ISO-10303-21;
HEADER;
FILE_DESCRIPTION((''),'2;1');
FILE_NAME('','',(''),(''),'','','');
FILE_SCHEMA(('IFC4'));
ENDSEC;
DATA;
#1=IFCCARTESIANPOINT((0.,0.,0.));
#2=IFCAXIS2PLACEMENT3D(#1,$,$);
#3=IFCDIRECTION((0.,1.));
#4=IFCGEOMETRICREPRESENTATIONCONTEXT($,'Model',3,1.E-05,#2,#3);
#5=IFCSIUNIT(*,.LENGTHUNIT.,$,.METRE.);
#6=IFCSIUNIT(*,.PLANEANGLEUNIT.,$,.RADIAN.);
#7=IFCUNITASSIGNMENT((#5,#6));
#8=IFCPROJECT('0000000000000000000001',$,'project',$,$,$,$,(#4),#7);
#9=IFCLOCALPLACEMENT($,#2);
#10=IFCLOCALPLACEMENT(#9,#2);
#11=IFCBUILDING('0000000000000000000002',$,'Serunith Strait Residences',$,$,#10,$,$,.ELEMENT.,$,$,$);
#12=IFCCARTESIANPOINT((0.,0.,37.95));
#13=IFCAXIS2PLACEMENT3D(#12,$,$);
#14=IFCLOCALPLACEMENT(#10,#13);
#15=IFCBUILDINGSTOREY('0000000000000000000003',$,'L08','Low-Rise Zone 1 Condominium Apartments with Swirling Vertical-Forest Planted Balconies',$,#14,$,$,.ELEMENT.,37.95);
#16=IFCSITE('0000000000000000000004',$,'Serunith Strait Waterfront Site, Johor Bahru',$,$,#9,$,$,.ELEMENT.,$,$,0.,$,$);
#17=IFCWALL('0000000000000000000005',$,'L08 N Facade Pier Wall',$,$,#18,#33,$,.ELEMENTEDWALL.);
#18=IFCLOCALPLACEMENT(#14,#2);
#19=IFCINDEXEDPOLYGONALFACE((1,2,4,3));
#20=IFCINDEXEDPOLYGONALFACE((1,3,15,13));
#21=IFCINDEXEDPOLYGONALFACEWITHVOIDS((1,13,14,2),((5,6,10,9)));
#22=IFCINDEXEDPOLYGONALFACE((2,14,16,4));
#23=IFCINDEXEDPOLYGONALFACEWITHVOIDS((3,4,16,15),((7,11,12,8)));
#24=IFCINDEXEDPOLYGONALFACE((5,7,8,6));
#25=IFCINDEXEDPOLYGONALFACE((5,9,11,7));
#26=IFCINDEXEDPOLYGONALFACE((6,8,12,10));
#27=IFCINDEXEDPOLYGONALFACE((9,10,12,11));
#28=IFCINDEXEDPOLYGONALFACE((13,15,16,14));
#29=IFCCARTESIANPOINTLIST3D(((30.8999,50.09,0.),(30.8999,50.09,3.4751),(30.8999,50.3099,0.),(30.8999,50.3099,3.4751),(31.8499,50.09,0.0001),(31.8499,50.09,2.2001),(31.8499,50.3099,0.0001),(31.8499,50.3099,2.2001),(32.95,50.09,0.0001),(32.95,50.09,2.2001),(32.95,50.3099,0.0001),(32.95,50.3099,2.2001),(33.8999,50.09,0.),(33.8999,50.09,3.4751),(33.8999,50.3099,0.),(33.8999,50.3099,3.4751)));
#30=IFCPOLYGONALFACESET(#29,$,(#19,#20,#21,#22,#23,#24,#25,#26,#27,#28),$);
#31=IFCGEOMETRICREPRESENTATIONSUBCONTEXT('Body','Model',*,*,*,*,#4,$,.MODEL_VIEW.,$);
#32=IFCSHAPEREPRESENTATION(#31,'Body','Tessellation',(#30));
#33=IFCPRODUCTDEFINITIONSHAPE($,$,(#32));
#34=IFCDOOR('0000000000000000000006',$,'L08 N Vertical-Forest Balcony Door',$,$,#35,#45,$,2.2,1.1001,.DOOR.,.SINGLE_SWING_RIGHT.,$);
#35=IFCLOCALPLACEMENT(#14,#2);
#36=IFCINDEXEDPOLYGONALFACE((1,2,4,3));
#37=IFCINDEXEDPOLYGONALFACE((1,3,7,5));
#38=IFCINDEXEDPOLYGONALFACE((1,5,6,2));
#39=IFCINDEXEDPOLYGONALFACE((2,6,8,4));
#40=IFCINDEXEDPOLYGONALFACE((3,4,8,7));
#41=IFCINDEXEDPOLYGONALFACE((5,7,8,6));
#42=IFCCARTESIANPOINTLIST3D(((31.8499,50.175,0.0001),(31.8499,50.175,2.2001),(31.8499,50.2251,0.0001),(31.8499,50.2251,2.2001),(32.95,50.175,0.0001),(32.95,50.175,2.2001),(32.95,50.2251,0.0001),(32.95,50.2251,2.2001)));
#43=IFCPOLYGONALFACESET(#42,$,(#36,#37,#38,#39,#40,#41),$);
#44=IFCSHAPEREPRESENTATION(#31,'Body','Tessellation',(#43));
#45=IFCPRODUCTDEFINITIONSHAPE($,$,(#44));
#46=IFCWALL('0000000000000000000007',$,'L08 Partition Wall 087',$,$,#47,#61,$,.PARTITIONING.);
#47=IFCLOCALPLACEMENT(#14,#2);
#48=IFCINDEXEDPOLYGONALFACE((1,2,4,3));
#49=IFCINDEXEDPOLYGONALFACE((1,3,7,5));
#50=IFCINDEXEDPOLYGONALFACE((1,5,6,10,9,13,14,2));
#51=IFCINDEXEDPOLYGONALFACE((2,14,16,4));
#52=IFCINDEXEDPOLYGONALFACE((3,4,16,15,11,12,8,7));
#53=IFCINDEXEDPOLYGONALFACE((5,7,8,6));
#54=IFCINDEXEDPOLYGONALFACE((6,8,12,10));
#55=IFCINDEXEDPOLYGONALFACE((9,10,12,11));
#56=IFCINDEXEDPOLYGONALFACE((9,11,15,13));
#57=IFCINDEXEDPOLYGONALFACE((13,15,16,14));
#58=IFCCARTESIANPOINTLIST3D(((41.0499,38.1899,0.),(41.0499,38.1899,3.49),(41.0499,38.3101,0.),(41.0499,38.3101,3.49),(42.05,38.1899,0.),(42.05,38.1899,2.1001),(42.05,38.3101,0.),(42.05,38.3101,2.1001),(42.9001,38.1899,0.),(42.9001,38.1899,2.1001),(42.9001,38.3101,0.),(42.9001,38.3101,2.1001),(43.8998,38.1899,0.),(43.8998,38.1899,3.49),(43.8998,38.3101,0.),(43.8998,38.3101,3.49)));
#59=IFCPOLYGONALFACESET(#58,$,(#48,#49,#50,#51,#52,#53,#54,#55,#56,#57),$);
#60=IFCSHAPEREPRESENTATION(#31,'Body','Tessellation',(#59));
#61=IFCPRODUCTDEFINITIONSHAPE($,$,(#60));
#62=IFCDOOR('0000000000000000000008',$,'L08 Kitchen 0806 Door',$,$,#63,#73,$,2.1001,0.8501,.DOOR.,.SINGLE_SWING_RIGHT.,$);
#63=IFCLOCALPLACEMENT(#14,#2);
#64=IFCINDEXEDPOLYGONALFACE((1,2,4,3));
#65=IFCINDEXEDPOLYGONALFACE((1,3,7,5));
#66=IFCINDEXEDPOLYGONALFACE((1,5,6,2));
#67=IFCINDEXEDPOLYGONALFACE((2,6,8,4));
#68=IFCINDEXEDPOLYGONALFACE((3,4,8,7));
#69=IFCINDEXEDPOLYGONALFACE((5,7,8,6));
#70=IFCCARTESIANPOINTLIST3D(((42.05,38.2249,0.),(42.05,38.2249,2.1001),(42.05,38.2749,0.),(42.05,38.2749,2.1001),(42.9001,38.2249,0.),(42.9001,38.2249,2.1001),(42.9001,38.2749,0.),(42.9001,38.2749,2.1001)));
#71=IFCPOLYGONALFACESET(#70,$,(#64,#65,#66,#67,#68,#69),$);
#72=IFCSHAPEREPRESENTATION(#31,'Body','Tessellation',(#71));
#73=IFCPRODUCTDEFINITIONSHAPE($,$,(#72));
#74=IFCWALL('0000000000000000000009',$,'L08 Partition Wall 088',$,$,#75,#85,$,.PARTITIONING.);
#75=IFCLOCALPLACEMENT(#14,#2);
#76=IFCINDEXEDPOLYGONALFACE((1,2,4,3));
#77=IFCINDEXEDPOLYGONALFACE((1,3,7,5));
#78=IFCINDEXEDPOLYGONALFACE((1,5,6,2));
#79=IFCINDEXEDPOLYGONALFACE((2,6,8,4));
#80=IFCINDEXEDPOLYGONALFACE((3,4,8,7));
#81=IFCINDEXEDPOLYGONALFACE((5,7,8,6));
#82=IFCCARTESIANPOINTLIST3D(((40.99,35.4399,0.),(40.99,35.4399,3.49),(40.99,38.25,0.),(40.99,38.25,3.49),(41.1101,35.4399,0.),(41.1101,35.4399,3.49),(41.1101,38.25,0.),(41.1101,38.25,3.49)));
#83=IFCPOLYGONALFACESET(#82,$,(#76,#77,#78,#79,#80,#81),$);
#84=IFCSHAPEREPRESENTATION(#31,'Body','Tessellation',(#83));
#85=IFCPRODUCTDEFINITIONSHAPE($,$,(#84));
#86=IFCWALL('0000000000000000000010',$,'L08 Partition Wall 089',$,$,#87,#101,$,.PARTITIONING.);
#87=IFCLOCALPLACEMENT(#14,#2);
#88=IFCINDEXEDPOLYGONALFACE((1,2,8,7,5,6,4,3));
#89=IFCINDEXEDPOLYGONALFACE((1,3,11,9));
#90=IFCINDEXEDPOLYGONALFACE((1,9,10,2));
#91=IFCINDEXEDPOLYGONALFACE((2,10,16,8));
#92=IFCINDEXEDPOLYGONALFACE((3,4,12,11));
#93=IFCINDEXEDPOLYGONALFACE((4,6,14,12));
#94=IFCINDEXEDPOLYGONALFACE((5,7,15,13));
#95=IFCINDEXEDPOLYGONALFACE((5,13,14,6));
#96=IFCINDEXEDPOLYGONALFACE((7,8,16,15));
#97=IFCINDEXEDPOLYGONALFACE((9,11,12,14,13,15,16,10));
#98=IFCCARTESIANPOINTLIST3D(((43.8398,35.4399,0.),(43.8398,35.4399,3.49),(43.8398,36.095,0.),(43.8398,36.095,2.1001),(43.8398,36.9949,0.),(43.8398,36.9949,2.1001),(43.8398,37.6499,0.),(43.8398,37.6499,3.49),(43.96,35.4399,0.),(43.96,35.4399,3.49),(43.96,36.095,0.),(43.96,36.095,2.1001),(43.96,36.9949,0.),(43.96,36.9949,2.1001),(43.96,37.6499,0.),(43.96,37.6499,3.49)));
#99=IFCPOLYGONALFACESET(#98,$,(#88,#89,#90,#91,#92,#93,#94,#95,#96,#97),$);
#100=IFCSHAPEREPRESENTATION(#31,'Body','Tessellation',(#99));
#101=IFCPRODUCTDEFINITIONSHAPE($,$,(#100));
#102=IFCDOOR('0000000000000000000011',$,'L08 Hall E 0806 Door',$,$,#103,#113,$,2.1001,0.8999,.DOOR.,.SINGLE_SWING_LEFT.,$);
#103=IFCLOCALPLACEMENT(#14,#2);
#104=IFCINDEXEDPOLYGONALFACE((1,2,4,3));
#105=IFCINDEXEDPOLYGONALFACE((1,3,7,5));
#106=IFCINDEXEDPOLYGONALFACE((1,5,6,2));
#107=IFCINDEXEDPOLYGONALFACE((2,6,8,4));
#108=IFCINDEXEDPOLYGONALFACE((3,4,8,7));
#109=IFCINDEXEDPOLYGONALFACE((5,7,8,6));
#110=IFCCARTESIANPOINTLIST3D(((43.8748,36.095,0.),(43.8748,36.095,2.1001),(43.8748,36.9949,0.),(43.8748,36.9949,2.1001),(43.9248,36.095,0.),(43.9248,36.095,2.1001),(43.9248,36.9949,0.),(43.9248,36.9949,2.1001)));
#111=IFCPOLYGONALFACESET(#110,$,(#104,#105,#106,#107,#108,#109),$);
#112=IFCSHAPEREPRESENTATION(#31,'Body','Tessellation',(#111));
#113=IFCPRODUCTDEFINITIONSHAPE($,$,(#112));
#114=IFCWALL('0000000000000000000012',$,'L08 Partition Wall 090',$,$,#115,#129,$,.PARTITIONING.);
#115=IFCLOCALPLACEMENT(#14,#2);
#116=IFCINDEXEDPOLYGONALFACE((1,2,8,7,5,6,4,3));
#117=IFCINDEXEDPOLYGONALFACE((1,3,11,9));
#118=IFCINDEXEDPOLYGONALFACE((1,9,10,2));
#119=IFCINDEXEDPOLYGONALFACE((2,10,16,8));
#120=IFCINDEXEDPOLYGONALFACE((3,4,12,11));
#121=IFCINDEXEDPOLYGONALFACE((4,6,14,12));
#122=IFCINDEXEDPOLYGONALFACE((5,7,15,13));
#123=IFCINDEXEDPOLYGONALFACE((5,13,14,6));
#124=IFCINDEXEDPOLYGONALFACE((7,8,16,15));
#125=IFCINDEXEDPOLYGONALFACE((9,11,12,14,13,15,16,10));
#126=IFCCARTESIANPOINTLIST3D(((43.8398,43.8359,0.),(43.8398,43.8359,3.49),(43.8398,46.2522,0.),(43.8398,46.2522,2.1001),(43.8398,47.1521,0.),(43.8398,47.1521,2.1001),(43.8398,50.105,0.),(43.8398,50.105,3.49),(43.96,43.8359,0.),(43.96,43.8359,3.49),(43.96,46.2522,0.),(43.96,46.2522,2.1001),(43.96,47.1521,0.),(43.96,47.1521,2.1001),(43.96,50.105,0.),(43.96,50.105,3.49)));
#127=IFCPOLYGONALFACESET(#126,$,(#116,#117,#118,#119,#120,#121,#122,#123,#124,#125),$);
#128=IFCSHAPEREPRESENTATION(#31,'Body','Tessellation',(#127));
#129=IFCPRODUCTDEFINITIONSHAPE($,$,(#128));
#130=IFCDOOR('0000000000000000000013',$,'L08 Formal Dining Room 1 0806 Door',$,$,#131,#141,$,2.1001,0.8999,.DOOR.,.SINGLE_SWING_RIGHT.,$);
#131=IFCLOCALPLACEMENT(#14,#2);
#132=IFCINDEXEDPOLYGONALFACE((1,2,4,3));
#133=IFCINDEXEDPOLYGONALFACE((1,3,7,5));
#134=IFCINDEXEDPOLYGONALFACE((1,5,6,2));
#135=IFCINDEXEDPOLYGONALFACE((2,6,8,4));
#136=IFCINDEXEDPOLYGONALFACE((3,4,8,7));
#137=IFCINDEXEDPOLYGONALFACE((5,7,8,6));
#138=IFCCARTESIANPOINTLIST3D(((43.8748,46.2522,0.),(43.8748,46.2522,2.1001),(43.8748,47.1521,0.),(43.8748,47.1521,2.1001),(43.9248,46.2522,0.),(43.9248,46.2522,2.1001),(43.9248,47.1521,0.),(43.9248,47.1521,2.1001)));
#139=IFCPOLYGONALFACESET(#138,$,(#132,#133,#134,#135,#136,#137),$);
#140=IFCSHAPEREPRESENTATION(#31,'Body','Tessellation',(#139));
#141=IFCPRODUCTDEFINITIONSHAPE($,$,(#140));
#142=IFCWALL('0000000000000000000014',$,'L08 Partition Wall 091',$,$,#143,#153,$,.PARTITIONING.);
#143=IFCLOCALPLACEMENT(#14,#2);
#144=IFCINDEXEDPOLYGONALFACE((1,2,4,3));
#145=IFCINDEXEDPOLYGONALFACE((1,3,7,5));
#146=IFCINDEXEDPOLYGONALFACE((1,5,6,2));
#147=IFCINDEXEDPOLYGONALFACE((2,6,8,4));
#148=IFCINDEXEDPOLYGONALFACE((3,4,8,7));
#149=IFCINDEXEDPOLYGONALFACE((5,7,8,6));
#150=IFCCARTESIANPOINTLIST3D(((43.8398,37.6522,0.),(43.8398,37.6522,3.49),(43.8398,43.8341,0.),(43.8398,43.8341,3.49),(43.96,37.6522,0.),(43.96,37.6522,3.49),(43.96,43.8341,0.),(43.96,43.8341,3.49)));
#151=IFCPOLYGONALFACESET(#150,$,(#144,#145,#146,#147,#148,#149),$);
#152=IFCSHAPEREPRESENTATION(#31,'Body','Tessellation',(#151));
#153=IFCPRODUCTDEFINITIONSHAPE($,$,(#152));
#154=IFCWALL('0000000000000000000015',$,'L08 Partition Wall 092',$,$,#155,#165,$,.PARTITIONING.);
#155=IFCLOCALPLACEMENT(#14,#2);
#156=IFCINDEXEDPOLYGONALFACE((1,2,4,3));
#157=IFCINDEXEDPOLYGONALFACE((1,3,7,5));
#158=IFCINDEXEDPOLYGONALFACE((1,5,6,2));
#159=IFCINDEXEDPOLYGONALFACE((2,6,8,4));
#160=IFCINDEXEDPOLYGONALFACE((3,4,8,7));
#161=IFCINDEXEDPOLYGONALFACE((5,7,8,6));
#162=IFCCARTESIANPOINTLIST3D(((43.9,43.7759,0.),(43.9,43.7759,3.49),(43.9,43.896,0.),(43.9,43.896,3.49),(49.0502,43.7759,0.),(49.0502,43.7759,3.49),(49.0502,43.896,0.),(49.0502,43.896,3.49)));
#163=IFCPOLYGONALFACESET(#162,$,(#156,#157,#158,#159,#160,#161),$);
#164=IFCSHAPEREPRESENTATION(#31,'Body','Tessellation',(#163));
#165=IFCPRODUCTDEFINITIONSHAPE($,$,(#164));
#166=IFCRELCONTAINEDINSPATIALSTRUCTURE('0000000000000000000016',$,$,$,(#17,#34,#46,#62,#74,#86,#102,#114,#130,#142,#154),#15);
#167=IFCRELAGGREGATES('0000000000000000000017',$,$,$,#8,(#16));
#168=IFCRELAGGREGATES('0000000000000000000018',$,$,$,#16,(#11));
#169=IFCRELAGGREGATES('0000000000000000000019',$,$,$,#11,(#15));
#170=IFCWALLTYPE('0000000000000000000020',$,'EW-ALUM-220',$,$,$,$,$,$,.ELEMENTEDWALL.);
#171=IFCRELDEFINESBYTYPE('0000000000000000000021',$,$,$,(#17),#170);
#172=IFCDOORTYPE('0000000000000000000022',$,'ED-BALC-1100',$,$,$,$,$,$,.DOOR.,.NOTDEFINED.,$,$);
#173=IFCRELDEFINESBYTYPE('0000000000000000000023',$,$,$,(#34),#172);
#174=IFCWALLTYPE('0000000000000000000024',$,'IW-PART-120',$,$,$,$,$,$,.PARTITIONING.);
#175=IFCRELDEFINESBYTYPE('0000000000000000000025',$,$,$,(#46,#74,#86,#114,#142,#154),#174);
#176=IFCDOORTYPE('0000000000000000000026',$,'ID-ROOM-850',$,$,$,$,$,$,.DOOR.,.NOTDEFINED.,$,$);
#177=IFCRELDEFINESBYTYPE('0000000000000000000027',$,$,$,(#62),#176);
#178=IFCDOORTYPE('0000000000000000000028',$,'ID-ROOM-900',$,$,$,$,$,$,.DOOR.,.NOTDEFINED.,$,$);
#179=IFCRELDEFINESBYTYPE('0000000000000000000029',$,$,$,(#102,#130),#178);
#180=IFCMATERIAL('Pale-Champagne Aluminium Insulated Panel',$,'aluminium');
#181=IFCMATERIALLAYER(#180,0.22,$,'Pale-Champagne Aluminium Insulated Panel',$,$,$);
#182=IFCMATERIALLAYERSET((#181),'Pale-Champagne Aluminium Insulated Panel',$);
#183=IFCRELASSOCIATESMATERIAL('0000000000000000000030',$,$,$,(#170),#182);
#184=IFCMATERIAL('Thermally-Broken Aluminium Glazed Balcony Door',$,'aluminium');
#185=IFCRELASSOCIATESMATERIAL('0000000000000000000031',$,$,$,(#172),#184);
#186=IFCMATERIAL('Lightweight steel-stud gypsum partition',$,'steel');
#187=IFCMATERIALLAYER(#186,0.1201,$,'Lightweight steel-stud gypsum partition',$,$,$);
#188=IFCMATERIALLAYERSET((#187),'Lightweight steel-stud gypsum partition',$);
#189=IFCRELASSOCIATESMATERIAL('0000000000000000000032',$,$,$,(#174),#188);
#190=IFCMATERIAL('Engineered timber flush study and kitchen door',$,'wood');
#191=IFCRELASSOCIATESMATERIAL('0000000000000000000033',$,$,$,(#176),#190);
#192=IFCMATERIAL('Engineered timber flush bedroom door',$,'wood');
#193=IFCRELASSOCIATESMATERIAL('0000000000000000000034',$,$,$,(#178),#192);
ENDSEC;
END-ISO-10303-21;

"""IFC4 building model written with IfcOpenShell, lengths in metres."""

from ifc_helpers import new_model, si_unit, direction, frame, frame_2d, origin, place, context, subcontext, project, spatial, rectangle, extrude, source, transform, mapped, material, layer, layer_set, type_object, element, fill, save


model = new_model("IFC4")

# Units and contexts
model_context = context("Model", 3, precision=1e-05, world=origin(), true_north=direction((0.0, 1.0)))
body_context = subcontext(model_context, "Body", "Model", "MODEL_VIEW")
ifc_project = project(units=[si_unit("LENGTHUNIT", "METRE"), si_unit("PLANEANGLEUNIT", "RADIAN")], contexts=[model_context])

# Site, building, storey
site_placement = place(None, origin())
site = spatial("IfcSite", under=ifc_project, at=site_placement, Name="Serunith Strait Waterfront Site, Johor Bahru", CompositionType="ELEMENT", RefElevation=0.0)
building_placement = place(site_placement, origin())
building = spatial("IfcBuilding", under=site, at=building_placement, Name="Serunith Strait Residences", CompositionType="ELEMENT")
storey_placement = place(building_placement, frame((0.0, 0.0, 37.95)))
storey = spatial("IfcBuildingStorey", under=building, at=storey_placement, Name="L08", Description="Low-Rise Zone 1 Condominium Apartments with Swirling Vertical-Forest Planted Balconies", CompositionType="ELEMENT", Elevation=37.95)

# Walls, openings, doors
ifc_material_1 = material(Name="Pale-Champagne Aluminium Insulated Panel", Category="aluminium")
ifc_layer_1 = layer(ifc_material_1, 0.22, Name="Pale-Champagne Aluminium Insulated Panel")
ifc_layer_set_1 = layer_set([ifc_layer_1], Name="Pale-Champagne Aluminium Insulated Panel")
wall_type_1 = type_object("IfcWallType", Name="EW-ALUM-220", PredefinedType="ELEMENTEDWALL", material=ifc_layer_set_1)
wall_1_placement = place(storey_placement, frame((33.8999, 50.2, 0.0), z_axis=(0.0, 0.0, 1.0), x_axis=(-1.0, 0.0, 0.0)))
wall_1 = element("IfcWall", 1, at=wall_1_placement, inside=storey, type_object=wall_type_1, Name="L08 N Facade Pier Wall", PredefinedType="ELEMENTEDWALL", context=body_context, shape_type="SweptSolid", body=[
    extrude(rectangle(XDim=3.0, YDim=0.22, at=frame_2d((1.5, 0.0))), origin(), (0.0, 0.0, 1.0), 3.4751),
])
opening_1_placement = place(wall_1_placement, frame((0.95, 0.0, 0.0)))
opening_1 = element("IfcOpeningElement", 2, at=opening_1_placement, cuts=wall_1, PredefinedType="OPENING", context=body_context, shape_type="SweptSolid", body=[
    extrude(rectangle(XDim=1.1001, YDim=2.2, at=frame_2d((0.55, 1.1001))), frame((0.0, 0.1201, 0.0), z_axis=(0.0, -1.0, 0.0), x_axis=(1.0, 0.0, 0.0)), (0.0, 0.0, 1.0), 0.24),
])
ifc_material_2 = material(Name="Thermally-Broken Aluminium Glazed Balcony Door", Category="aluminium")
door_type_1 = type_object("IfcDoorType", Name="ED-BALC-1100", OperationType="NOTDEFINED", PredefinedType="DOOR", material=ifc_material_2)
shared_shape_1 = source(origin(), body_context, "Body", "SweptSolid", [
    extrude(rectangle(XDim=1.1001, YDim=2.2, at=frame_2d((0.55, 1.1001))), frame((0.0, 0.0249, 0.0), z_axis=(0.0, -1.0, 0.0), x_axis=(1.0, 0.0, 0.0)), (0.0, 0.0, 1.0), 0.05),
])
door_1_placement = place(opening_1_placement, origin())
door_1 = element("IfcDoor", 3, at=door_1_placement, inside=storey, type_object=door_type_1, Name="L08 N Vertical-Forest Balcony Door", OperationType="SINGLE_SWING_RIGHT", OverallHeight=2.2, OverallWidth=1.1001, PredefinedType="DOOR", context=body_context, shape_type="MappedRepresentation", body=[
    mapped(shared_shape_1, transform((0.0, 0.0, 0.0), scale=1.0)),
])
fill(opening_1, door_1)
ifc_material_3 = material(Name="Lightweight steel-stud gypsum partition", Category="steel")
ifc_layer_2 = layer(ifc_material_3, 0.1201, Name="Lightweight steel-stud gypsum partition")
ifc_layer_set_2 = layer_set([ifc_layer_2], Name="Lightweight steel-stud gypsum partition")
wall_type_2 = type_object("IfcWallType", Name="IW-PART-120", PredefinedType="PARTITIONING", material=ifc_layer_set_2)
wall_2_placement = place(storey_placement, frame((41.05, 38.25, 0.0), z_axis=(0.0, 0.0, 1.0), x_axis=(1.0, 0.0, 0.0)))
wall_2 = element("IfcWall", 4, at=wall_2_placement, inside=storey, type_object=wall_type_2, Name="L08 Partition Wall 087", PredefinedType="PARTITIONING", context=body_context, shape_type="SweptSolid", body=[
    extrude(rectangle(XDim=2.8499, YDim=0.1201, at=frame_2d((1.4248, 0.0))), origin(), (0.0, 0.0, 1.0), 3.49),
])
opening_2_placement = place(wall_2_placement, frame((1.0, 0.0, 0.0)))
opening_2 = element("IfcOpeningElement", 5, at=opening_2_placement, cuts=wall_2, PredefinedType="OPENING", context=body_context, shape_type="SweptSolid", body=[
    extrude(rectangle(XDim=0.8501, YDim=2.1001, at=frame_2d((0.425, 1.05))), frame((0.0, 0.0701, 0.0), z_axis=(0.0, -1.0, 0.0), x_axis=(1.0, 0.0, 0.0)), (0.0, 0.0, 1.0), 0.1401),
])
ifc_material_4 = material(Name="Engineered timber flush study and kitchen door", Category="wood")
door_type_2 = type_object("IfcDoorType", Name="ID-ROOM-850", OperationType="NOTDEFINED", PredefinedType="DOOR", material=ifc_material_4)
shared_shape_2 = source(origin(), body_context, "Body", "SweptSolid", [
    extrude(rectangle(XDim=0.8501, YDim=2.1001, at=frame_2d((0.425, 1.05))), frame((0.0, 0.0249, 0.0), z_axis=(0.0, -1.0, 0.0), x_axis=(1.0, 0.0, 0.0)), (0.0, 0.0, 1.0), 0.05),
])
door_2_placement = place(opening_2_placement, origin())
door_2 = element("IfcDoor", 6, at=door_2_placement, inside=storey, type_object=door_type_2, Name="L08 Kitchen 0806 Door", OperationType="SINGLE_SWING_RIGHT", OverallHeight=2.1001, OverallWidth=0.8501, PredefinedType="DOOR", context=body_context, shape_type="MappedRepresentation", body=[
    mapped(shared_shape_2, transform((0.0, 0.0, 0.0), scale=1.0)),
])
fill(opening_2, door_2)

# Wall
wall_3_placement = place(storey_placement, frame((41.05, 38.25, 0.0), z_axis=(0.0, 0.0, 1.0), x_axis=(0.0, -1.0, 0.0)))
element("IfcWall", 7, at=wall_3_placement, inside=storey, type_object=wall_type_2, Name="L08 Partition Wall 088", PredefinedType="PARTITIONING", context=body_context, shape_type="SweptSolid", body=[
    extrude(rectangle(XDim=2.8101, YDim=0.1201, at=frame_2d((1.405, 0.0))), origin(), (0.0, 0.0, 1.0), 3.49),
])

# Walls, openings, doors
wall_4_placement = place(storey_placement, frame((43.8999, 37.6499, 0.0), z_axis=(0.0, 0.0, 1.0), x_axis=(0.0, -1.0, 0.0)))
wall_4 = element("IfcWall", 8, at=wall_4_placement, inside=storey, type_object=wall_type_2, Name="L08 Partition Wall 089", PredefinedType="PARTITIONING", context=body_context, shape_type="SweptSolid", body=[
    extrude(rectangle(XDim=2.21, YDim=0.1201, at=frame_2d((1.105, 0.0))), origin(), (0.0, 0.0, 1.0), 3.49),
])
opening_3_placement = place(wall_4_placement, frame((0.655, 0.0, 0.0)))
opening_3 = element("IfcOpeningElement", 9, at=opening_3_placement, cuts=wall_4, PredefinedType="OPENING", context=body_context, shape_type="SweptSolid", body=[
    extrude(rectangle(XDim=0.8999, YDim=2.1001, at=frame_2d((0.45, 1.05))), frame((0.0, 0.0701, 0.0), z_axis=(0.0, -1.0, 0.0), x_axis=(1.0, 0.0, 0.0)), (0.0, 0.0, 1.0), 0.1401),
])
ifc_material_5 = material(Name="Engineered timber flush bedroom door", Category="wood")
door_type_3 = type_object("IfcDoorType", Name="ID-ROOM-900", OperationType="NOTDEFINED", PredefinedType="DOOR", material=ifc_material_5)
shared_shape_3 = source(origin(), body_context, "Body", "SweptSolid", [
    extrude(rectangle(XDim=0.8999, YDim=2.1001, at=frame_2d((0.45, 1.05))), frame((0.0, 0.0249, 0.0), z_axis=(0.0, -1.0, 0.0), x_axis=(1.0, 0.0, 0.0)), (0.0, 0.0, 1.0), 0.05),
])
door_3_placement = place(opening_3_placement, origin())
door_3 = element("IfcDoor", 10, at=door_3_placement, inside=storey, type_object=door_type_3, Name="L08 Hall E 0806 Door", OperationType="SINGLE_SWING_LEFT", OverallHeight=2.1001, OverallWidth=0.8999, PredefinedType="DOOR", context=body_context, shape_type="MappedRepresentation", body=[
    mapped(shared_shape_3, transform((0.0, 0.0, 0.0), scale=1.0)),
])
fill(opening_3, door_3)
wall_5_placement = place(storey_placement, frame((43.8999, 50.105, 0.0), z_axis=(0.0, 0.0, 1.0), x_axis=(0.0, -1.0, 0.0)))
wall_5 = element("IfcWall", 11, at=wall_5_placement, inside=storey, type_object=wall_type_2, Name="L08 Partition Wall 090", PredefinedType="PARTITIONING", context=body_context, shape_type="SweptSolid", body=[
    extrude(rectangle(XDim=6.269, YDim=0.1201, at=frame_2d((3.1345, 0.0))), origin(), (0.0, 0.0, 1.0), 3.49),
])
opening_4_placement = place(wall_5_placement, frame((2.9529, 0.0, 0.0)))
opening_4 = element("IfcOpeningElement", 12, at=opening_4_placement, cuts=wall_5, PredefinedType="OPENING", context=body_context, shape_type="SweptSolid", body=[
    extrude(rectangle(XDim=0.8999, YDim=2.1001, at=frame_2d((0.45, 1.05))), frame((0.0, 0.0701, 0.0), z_axis=(0.0, -1.0, 0.0), x_axis=(1.0, 0.0, 0.0)), (0.0, 0.0, 1.0), 0.1401),
])
door_4_placement = place(opening_4_placement, origin())
door_4 = element("IfcDoor", 13, at=door_4_placement, inside=storey, type_object=door_type_3, Name="L08 Formal Dining Room 1 0806 Door", OperationType="SINGLE_SWING_RIGHT", OverallHeight=2.1001, OverallWidth=0.8999, PredefinedType="DOOR", context=body_context, shape_type="MappedRepresentation", body=[
    mapped(shared_shape_3, transform((0.0, 0.0, 0.0), scale=1.0)),
])
fill(opening_4, door_4)

# Walls
wall_6_placement = place(storey_placement, frame((43.8999, 43.834, 0.0), z_axis=(0.0, 0.0, 1.0), x_axis=(0.0, -1.0, 0.0)))
element("IfcWall", 14, at=wall_6_placement, inside=storey, type_object=wall_type_2, Name="L08 Partition Wall 091", PredefinedType="PARTITIONING", context=body_context, shape_type="SweptSolid", body=[
    extrude(rectangle(XDim=6.1819, YDim=0.1201, at=frame_2d((3.0908, 0.0))), origin(), (0.0, 0.0, 1.0), 3.49),
])
wall_7_placement = place(storey_placement, frame((43.8999, 43.8359, 0.0), z_axis=(0.0, 0.0, 1.0), x_axis=(1.0, 0.0, 0.0)))
element("IfcWall", 15, at=wall_7_placement, inside=storey, type_object=wall_type_2, Name="L08 Partition Wall 092", PredefinedType="PARTITIONING", context=body_context, shape_type="SweptSolid", body=[
    extrude(rectangle(XDim=5.1501, YDim=0.1201, at=frame_2d((2.5752, 0.0))), origin(), (0.0, 0.0, 1.0), 3.49),
])

save(model, "model.ifc")
